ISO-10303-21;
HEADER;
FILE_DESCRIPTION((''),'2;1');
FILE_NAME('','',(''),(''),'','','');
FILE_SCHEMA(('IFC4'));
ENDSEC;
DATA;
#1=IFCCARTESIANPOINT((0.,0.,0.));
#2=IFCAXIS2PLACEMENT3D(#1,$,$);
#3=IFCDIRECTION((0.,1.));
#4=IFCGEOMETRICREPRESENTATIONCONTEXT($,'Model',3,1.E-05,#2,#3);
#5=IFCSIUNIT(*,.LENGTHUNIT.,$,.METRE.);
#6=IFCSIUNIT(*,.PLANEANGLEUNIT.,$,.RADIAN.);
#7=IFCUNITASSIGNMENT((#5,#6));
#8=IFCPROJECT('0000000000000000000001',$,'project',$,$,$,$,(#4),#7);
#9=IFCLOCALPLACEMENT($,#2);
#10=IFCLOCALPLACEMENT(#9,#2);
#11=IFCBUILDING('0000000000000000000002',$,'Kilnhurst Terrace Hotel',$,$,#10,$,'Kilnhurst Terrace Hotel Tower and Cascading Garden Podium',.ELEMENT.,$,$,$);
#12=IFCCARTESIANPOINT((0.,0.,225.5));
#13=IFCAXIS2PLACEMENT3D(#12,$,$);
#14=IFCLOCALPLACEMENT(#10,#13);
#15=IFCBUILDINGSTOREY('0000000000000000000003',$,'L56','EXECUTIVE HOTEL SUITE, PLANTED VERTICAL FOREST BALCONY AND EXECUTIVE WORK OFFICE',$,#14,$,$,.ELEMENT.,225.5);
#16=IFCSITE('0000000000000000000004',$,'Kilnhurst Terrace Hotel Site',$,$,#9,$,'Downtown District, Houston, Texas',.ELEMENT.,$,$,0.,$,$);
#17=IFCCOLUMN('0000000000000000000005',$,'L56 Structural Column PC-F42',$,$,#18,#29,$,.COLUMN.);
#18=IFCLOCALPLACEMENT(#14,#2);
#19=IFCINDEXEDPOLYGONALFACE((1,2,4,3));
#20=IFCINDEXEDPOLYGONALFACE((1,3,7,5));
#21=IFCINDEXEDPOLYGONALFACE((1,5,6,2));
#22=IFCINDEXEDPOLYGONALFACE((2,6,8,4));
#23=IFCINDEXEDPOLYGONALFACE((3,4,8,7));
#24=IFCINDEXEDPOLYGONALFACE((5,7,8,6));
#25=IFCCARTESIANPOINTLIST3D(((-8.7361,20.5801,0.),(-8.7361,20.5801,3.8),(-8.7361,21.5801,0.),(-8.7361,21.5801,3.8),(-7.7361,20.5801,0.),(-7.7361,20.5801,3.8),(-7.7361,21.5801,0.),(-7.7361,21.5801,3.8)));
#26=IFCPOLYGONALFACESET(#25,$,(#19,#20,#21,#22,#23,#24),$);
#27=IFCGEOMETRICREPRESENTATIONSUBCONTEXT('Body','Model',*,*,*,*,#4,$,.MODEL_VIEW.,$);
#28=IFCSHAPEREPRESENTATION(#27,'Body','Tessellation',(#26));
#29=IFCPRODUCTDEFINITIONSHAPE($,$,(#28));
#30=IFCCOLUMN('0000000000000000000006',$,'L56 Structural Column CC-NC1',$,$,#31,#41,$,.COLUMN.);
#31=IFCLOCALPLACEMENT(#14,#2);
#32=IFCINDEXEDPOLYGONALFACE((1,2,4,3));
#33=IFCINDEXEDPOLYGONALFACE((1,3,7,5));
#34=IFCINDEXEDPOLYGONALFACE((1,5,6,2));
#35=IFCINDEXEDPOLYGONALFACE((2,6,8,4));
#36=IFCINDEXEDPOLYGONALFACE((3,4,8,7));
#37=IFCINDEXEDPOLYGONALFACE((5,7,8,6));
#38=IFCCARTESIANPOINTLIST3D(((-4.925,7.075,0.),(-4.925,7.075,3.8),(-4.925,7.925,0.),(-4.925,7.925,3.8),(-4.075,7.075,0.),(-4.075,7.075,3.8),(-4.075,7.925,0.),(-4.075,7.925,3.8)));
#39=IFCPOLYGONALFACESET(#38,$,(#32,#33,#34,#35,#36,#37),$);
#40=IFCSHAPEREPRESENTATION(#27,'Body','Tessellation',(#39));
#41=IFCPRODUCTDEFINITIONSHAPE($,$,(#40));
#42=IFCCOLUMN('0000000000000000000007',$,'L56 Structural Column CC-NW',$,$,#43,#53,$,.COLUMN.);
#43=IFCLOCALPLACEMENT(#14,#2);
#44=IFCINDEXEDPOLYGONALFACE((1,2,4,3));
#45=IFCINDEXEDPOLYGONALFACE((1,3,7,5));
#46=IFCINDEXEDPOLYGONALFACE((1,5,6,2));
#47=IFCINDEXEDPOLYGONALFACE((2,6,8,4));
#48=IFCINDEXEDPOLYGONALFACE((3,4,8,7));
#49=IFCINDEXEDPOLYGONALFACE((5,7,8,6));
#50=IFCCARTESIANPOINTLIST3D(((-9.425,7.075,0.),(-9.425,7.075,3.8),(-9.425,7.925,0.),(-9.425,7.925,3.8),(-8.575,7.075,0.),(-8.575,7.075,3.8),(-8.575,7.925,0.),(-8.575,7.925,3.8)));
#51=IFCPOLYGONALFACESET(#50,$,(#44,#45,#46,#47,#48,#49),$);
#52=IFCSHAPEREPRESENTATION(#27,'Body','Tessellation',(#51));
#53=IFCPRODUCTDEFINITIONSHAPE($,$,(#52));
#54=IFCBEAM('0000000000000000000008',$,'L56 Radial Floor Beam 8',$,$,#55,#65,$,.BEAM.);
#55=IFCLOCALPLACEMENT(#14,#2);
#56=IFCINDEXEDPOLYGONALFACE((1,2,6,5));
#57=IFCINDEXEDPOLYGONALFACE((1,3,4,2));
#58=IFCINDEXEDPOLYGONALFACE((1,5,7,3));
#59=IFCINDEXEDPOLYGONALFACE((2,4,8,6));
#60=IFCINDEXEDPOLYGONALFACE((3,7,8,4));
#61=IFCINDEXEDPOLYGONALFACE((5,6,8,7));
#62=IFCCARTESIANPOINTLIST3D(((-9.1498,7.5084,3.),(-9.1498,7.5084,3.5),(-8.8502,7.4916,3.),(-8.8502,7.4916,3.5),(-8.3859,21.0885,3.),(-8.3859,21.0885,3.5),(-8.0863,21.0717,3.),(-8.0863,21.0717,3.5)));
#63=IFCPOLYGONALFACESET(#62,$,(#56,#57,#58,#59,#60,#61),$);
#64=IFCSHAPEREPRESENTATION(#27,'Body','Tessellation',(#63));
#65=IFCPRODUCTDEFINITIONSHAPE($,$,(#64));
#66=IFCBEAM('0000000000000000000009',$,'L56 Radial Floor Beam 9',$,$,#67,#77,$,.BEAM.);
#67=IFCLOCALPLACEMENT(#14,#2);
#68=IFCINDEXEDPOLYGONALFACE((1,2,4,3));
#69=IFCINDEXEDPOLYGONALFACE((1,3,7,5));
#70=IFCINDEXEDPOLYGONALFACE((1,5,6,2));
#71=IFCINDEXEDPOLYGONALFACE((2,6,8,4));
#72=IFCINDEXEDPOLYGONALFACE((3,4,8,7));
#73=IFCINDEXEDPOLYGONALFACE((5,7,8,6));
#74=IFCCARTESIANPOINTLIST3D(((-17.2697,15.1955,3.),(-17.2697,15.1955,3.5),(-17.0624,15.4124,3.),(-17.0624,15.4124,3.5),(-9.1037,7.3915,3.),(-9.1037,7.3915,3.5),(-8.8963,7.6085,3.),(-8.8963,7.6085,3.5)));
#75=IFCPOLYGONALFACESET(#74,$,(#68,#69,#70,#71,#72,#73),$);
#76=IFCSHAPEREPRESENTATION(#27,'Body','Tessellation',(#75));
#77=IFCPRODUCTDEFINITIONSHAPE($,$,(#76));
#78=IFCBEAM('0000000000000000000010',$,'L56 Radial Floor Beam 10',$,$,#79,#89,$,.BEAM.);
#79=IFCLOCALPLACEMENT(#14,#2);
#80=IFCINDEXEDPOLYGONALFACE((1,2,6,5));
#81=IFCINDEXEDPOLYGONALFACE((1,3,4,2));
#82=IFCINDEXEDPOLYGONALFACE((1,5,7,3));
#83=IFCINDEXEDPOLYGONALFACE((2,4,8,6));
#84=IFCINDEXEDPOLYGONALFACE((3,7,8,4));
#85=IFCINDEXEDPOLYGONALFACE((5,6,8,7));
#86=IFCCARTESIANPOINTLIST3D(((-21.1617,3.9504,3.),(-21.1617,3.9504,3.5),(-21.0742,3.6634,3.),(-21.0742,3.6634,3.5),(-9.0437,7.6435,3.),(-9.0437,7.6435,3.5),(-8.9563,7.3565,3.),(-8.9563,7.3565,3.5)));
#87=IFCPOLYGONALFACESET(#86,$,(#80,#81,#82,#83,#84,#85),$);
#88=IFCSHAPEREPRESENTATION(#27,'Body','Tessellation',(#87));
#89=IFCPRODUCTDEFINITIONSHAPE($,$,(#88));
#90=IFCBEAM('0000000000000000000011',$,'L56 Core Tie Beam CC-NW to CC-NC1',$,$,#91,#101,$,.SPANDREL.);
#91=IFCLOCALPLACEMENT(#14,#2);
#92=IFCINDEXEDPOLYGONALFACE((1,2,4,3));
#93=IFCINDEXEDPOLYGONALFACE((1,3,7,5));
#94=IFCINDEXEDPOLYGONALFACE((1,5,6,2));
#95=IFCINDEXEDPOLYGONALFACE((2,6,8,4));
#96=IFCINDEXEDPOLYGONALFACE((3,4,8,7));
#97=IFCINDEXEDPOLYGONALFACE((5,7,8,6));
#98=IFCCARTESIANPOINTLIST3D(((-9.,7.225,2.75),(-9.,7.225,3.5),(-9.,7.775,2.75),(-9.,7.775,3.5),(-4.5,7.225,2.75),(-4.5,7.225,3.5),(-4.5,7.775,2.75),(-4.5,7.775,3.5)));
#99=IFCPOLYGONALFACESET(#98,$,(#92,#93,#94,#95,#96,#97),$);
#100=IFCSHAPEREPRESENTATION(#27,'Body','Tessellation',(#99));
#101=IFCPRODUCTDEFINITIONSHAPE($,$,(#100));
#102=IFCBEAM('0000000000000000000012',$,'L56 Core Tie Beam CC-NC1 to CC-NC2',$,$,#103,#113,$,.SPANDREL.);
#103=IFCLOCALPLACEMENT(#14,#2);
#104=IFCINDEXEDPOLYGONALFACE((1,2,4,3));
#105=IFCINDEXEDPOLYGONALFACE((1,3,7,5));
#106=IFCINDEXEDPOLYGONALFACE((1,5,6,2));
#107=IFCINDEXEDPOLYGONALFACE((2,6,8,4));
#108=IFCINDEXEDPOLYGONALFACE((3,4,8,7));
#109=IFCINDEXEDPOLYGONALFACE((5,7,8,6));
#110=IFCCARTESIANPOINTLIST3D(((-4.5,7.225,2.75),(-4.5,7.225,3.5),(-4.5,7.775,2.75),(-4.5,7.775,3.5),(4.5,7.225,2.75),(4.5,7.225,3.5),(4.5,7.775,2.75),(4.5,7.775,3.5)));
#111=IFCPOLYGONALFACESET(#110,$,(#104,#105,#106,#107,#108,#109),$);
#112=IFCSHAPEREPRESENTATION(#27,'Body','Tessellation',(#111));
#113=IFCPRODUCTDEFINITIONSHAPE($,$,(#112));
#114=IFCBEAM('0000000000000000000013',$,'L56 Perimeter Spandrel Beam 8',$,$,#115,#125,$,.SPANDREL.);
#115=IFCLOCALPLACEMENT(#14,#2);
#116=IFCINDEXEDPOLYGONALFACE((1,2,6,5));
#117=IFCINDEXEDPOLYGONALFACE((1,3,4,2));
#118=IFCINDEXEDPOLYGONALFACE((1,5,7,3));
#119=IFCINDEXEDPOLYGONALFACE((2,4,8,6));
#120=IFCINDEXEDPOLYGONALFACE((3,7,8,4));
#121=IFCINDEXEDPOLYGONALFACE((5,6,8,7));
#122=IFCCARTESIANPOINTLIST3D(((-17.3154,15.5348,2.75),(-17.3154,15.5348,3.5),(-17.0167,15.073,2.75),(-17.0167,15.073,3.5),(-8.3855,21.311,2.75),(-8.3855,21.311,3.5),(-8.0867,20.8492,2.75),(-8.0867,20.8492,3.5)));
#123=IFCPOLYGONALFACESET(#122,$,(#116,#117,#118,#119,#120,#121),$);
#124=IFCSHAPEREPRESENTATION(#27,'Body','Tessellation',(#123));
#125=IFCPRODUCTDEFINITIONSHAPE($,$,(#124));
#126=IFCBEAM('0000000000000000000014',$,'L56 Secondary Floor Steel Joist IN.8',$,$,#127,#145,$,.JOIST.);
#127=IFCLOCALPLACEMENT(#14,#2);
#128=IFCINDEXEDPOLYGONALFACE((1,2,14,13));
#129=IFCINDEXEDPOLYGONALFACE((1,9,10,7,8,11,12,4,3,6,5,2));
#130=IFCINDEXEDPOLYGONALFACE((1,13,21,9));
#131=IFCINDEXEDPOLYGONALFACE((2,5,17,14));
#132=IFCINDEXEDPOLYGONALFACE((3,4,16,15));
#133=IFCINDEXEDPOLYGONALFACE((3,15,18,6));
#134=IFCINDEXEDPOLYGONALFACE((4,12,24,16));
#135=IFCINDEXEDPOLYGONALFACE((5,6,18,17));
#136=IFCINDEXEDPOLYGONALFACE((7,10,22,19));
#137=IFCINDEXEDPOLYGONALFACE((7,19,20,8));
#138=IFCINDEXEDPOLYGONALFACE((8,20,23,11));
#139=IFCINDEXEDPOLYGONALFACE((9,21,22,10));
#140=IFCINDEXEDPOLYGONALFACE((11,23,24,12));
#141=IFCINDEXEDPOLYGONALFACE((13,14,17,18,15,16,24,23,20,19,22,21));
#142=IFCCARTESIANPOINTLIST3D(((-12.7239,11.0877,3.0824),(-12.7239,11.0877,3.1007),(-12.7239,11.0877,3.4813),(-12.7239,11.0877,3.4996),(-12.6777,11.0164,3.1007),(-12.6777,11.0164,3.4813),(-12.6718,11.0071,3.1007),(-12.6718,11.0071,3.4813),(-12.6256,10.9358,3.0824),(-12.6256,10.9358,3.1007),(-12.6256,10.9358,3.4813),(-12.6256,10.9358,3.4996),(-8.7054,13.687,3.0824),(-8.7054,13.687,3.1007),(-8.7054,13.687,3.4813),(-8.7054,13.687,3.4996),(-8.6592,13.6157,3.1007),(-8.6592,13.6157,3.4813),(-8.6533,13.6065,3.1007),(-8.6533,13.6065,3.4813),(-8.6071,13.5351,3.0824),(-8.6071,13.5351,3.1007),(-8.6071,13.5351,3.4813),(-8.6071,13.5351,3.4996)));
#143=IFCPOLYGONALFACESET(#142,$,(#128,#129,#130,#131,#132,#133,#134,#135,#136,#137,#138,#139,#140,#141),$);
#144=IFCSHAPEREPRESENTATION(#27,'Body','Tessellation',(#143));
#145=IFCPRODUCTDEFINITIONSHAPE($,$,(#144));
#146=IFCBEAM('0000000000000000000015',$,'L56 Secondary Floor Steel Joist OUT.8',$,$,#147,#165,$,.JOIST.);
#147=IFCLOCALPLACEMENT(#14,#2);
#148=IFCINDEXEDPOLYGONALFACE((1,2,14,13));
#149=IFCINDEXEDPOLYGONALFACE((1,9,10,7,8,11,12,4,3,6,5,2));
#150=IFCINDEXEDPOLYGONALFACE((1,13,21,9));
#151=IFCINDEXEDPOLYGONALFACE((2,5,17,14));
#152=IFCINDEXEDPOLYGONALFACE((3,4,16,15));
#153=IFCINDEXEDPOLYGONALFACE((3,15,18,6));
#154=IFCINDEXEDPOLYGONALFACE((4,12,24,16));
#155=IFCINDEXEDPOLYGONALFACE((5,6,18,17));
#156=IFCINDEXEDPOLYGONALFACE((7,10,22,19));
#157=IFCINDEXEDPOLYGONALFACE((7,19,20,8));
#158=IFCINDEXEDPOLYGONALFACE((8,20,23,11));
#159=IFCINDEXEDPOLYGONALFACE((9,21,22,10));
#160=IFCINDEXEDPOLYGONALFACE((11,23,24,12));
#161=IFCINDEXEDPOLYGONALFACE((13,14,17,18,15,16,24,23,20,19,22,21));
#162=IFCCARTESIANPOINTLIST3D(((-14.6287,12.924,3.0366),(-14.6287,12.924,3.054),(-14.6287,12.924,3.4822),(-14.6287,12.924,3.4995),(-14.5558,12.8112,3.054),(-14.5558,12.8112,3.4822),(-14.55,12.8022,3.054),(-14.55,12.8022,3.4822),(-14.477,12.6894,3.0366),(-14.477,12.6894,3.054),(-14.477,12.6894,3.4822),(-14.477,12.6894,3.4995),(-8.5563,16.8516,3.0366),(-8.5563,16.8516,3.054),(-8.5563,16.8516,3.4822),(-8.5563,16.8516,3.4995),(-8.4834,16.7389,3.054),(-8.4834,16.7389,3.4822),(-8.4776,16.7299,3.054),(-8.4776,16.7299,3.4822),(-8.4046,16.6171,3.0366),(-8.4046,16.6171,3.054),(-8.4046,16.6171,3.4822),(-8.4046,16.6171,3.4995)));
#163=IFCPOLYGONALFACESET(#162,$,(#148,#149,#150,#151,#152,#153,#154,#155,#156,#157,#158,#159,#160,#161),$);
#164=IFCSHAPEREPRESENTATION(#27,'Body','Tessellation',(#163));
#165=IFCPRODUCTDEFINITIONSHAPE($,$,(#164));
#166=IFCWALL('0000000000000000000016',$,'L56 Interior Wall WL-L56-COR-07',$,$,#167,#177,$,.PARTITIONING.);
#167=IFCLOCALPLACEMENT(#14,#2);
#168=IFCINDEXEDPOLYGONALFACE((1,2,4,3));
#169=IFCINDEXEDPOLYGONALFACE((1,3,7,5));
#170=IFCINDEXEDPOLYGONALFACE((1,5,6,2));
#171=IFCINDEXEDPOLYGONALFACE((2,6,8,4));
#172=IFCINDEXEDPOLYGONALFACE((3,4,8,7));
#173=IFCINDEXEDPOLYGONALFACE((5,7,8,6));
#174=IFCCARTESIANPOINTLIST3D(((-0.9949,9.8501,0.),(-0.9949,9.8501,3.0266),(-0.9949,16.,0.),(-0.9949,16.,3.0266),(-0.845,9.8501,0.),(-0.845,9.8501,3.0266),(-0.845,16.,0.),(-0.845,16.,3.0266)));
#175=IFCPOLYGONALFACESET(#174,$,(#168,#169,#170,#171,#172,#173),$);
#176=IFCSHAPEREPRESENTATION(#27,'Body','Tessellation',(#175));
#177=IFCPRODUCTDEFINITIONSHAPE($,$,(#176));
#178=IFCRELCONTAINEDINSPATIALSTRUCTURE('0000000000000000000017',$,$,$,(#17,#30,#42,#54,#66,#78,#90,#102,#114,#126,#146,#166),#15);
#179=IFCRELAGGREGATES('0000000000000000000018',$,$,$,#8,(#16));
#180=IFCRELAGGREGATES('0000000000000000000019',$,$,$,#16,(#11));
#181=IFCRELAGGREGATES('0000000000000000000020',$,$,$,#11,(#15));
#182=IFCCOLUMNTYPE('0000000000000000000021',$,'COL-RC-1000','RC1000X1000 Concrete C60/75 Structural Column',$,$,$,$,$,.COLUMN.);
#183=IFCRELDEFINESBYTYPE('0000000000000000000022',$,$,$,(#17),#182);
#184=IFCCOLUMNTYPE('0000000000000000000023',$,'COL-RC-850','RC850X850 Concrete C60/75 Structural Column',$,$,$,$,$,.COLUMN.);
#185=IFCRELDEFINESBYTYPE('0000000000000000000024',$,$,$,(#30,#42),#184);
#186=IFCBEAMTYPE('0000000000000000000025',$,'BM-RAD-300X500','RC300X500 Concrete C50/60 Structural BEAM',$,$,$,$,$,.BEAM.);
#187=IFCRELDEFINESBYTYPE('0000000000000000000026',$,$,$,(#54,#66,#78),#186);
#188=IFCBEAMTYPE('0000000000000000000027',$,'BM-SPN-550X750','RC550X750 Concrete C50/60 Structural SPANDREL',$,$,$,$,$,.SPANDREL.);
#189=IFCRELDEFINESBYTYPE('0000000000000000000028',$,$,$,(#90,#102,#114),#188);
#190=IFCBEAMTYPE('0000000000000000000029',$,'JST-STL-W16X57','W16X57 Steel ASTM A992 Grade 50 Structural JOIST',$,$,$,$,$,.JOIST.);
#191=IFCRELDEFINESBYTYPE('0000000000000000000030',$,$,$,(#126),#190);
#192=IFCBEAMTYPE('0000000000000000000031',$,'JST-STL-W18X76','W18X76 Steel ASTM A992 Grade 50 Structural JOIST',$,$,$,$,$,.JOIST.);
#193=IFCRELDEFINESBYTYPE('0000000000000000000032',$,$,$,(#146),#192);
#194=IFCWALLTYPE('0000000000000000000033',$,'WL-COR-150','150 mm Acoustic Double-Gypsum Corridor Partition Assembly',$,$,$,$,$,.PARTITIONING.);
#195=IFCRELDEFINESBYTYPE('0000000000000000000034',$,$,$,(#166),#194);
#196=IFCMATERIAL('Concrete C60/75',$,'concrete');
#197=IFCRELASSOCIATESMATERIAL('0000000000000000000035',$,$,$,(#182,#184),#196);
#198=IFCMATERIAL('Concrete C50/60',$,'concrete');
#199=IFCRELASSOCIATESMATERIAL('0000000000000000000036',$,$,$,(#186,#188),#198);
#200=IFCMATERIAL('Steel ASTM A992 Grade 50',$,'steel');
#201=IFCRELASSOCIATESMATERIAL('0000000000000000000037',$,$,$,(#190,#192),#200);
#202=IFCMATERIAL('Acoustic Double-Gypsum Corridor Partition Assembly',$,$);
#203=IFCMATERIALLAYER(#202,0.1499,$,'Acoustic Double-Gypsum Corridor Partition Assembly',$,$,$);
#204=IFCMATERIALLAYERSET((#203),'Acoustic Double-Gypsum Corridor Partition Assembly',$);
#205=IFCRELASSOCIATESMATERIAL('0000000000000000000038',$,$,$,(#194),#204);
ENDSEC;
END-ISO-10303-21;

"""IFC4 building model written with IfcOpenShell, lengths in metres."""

from ifc_helpers import new_model, si_unit, direction, frame, frame_2d, origin, origin_2d, place, context, subcontext, project, spatial, rectangle, i_section, extrude, material, layer, layer_set, material_profile, profile_set, type_object, element, save


model = new_model("IFC4")

# Units and contexts
model_context = context("Model", 3, precision=1e-05, world=origin(), true_north=direction((0.0, 1.0)))
body_context = subcontext(model_context, "Body", "Model", "MODEL_VIEW")
ifc_project = project(units=[si_unit("LENGTHUNIT", "METRE"), si_unit("PLANEANGLEUNIT", "RADIAN")], contexts=[model_context])

# Site, building, storey
site_placement = place(None, origin())
site = spatial("IfcSite", under=ifc_project, at=site_placement, Name="Kilnhurst Terrace Hotel Site", LongName="Downtown District, Houston, Texas", CompositionType="ELEMENT", RefElevation=0.0)
building_placement = place(site_placement, origin())
building = spatial("IfcBuilding", under=site, at=building_placement, Name="Kilnhurst Terrace Hotel", LongName="Kilnhurst Terrace Hotel Tower and Cascading Garden Podium", CompositionType="ELEMENT")
storey_placement = place(building_placement, frame((0.0, 0.0, 225.5)))
storey = spatial("IfcBuildingStorey", under=building, at=storey_placement, Name="L56", Description="EXECUTIVE HOTEL SUITE, PLANTED VERTICAL FOREST BALCONY AND EXECUTIVE WORK OFFICE", CompositionType="ELEMENT", Elevation=225.5)

# Columns
ifc_material_1 = material(Name="Concrete C60/75", Category="concrete")
ifc_material_profile_1 = material_profile(ifc_material_1, rectangle(XDim=1.0, YDim=1.0, at=origin_2d()), Name="RC1000X1000")
ifc_profile_set_1 = profile_set([ifc_material_profile_1], Name="Concrete C60/75")
column_type_1 = type_object("IfcColumnType", Name="COL-RC-1000", Description="RC1000X1000 Concrete C60/75 Structural Column", PredefinedType="COLUMN", material=ifc_profile_set_1)
column_placement = place(storey_placement, frame((-8.2361, 21.0801, 0.0), z_axis=(0.0, 0.0, 1.0), x_axis=(1.0, 0.0, 0.0)))
element("IfcColumn", 1, at=column_placement, inside=storey, type_object=column_type_1, Name="L56 Structural Column PC-F42", PredefinedType="COLUMN", context=body_context, shape_type="SweptSolid", body=[
    extrude(rectangle(XDim=1.0, YDim=1.0, at=origin_2d()), origin(), (0.0, 0.0, 1.0), 3.8),
])
ifc_material_profile_2 = material_profile(ifc_material_1, rectangle(XDim=0.8501, YDim=0.8501, at=origin_2d()), Name="RC850X850")
ifc_profile_set_2 = profile_set([ifc_material_profile_2], Name="Concrete C60/75")
column_type_2 = type_object("IfcColumnType", Name="COL-RC-850", Description="RC850X850 Concrete C60/75 Structural Column", PredefinedType="COLUMN", material=ifc_profile_set_2)
for number, where, z_axis, x_axis, name in (
    (2, (-4.5, 7.5, 0.0), (0.0, 0.0, 1.0), (1.0, 0.0, 0.0), "L56 Structural Column CC-NC1"),
    (3, (-9.0, 7.5, 0.0), (0.0, 0.0, 1.0), (1.0, 0.0, 0.0), "L56 Structural Column CC-NW"),
):
    element("IfcColumn", number, at=place(storey_placement, frame(where, z_axis=z_axis, x_axis=x_axis)), inside=storey, type_object=column_type_2, Name=name, PredefinedType="COLUMN", context=body_context, shape_type="SweptSolid", body=[
        extrude(rectangle(XDim=0.8501, YDim=0.8501, at=origin_2d()), origin(), (0.0, 0.0, 1.0), 3.8),
    ])

# Beams
ifc_material_2 = material(Name="Concrete C50/60", Category="concrete")
ifc_material_profile_3 = material_profile(ifc_material_2, rectangle(XDim=0.3, YDim=0.5, at=origin_2d()), Name="RC300X500")
ifc_profile_set_3 = profile_set([ifc_material_profile_3], Name="Concrete C50/60")
beam_type_1 = type_object("IfcBeamType", Name="BM-RAD-300X500", Description="RC300X500 Concrete C50/60 Structural BEAM", PredefinedType="BEAM", material=ifc_profile_set_3)
beam_1_placement = place(storey_placement, frame((-9.0, 7.5, 3.25), z_axis=(0.056164, 0.998422, 0.0), x_axis=(-0.998422, 0.056164, 0.0)))
element("IfcBeam", 4, at=beam_1_placement, inside=storey, type_object=beam_type_1, Name="L56 Radial Floor Beam 8", PredefinedType="BEAM", context=body_context, shape_type="SweptSolid", body=[
    extrude(rectangle(XDim=0.3, YDim=0.5, at=origin_2d()), origin(), (0.0, 0.0, 1.0), 13.6016),
])
beam_2_placement = place(storey_placement, frame((-9.0, 7.5, 3.25), z_axis=(-0.722952, 0.690898, 0.0), x_axis=(-0.690898, -0.722952, 0.0)))
element("IfcBeam", 5, at=beam_2_placement, inside=storey, type_object=beam_type_1, Name="L56 Radial Floor Beam 9", PredefinedType="BEAM", context=body_context, shape_type="SweptSolid", body=[
    extrude(rectangle(XDim=0.3, YDim=0.5, at=origin_2d()), origin(), (0.0, 0.0, 1.0), 11.2954),
])
beam_3_placement = place(storey_placement, frame((-9.0, 7.5, 3.25), z_axis=(-0.956563, -0.291527, 0.0), x_axis=(0.291527, -0.956563, 0.0)))
element("IfcBeam", 6, at=beam_3_placement, inside=storey, type_object=beam_type_1, Name="L56 Radial Floor Beam 10", PredefinedType="BEAM", context=body_context, shape_type="SweptSolid", body=[
    extrude(rectangle(XDim=0.3, YDim=0.5, at=origin_2d()), origin(), (0.0, 0.0, 1.0), 12.6682),
])
ifc_material_profile_4 = material_profile(ifc_material_2, rectangle(XDim=0.55, YDim=0.75, at=origin_2d()), Name="RC550X750")
ifc_profile_set_4 = profile_set([ifc_material_profile_4], Name="Concrete C50/60")
beam_type_2 = type_object("IfcBeamType", Name="BM-SPN-550X750", Description="RC550X750 Concrete C50/60 Structural SPANDREL", PredefinedType="SPANDREL", material=ifc_profile_set_4)
beam_4_placement = place(storey_placement, frame((-9.0, 7.5, 3.125), z_axis=(1.0, 0.0, 0.0), x_axis=(0.0, 1.0, 0.0)))
element("IfcBeam", 7, at=beam_4_placement, inside=storey, type_object=beam_type_2, Name="L56 Core Tie Beam CC-NW to CC-NC1", PredefinedType="SPANDREL", context=body_context, shape_type="SweptSolid", body=[
    extrude(rectangle(XDim=0.55, YDim=0.75, at=origin_2d()), origin(), (0.0, 0.0, 1.0), 4.5),
])
beam_5_placement = place(storey_placement, frame((-4.5, 7.5, 3.125), z_axis=(1.0, 0.0, 0.0), x_axis=(0.0, 1.0, 0.0)))
element("IfcBeam", 8, at=beam_5_placement, inside=storey, type_object=beam_type_2, Name="L56 Core Tie Beam CC-NC1 to CC-NC2", PredefinedType="SPANDREL", context=body_context, shape_type="SweptSolid", body=[
    extrude(rectangle(XDim=0.55, YDim=0.75, at=origin_2d()), origin(), (0.0, 0.0, 1.0), 9.0),
])
beam_6_placement = place(storey_placement, frame((-8.2361, 21.0801, 3.125), z_axis=(-0.839659, -0.543114, 0.0), x_axis=(0.543114, -0.839659, 0.0)))
element("IfcBeam", 9, at=beam_6_placement, inside=storey, type_object=beam_type_2, Name="L56 Perimeter Spandrel Beam 8", PredefinedType="SPANDREL", context=body_context, shape_type="SweptSolid", body=[
    extrude(rectangle(XDim=0.55, YDim=0.75, at=origin_2d()), origin(), (0.0, 0.0, 1.0), 10.6353),
])
ifc_material_3 = material(Name="Steel ASTM A992 Grade 50", Category="steel")
ifc_material_profile_5 = material_profile(ifc_material_3, i_section(OverallWidth=0.1809, OverallDepth=0.4172, WebThickness=0.011, FlangeThickness=0.0183, at=origin_2d()), Name="W16X57")
ifc_profile_set_5 = profile_set([ifc_material_profile_5], Name="Steel ASTM A992 Grade 50")
beam_type_3 = type_object("IfcBeamType", Name="JST-STL-W16X57", Description="W16X57 Steel ASTM A992 Grade 50 Structural JOIST", PredefinedType="JOIST", material=ifc_profile_set_5)
beam_7_placement = place(storey_placement, frame((-8.6562, 13.6111, 3.291), z_axis=(-0.839654, -0.543122, 0.0), x_axis=(0.543122, -0.839654, 0.0)))
element("IfcBeam", 10, at=beam_7_placement, inside=storey, type_object=beam_type_3, Name="L56 Secondary Floor Steel Joist IN.8", PredefinedType="JOIST", context=body_context, shape_type="SweptSolid", body=[
    extrude(i_section(OverallWidth=0.1809, OverallDepth=0.4172, WebThickness=0.011, FlangeThickness=0.0183, at=origin_2d()), origin(), (0.0, 0.0, 1.0), 4.7859),
])
ifc_material_profile_6 = material_profile(ifc_material_3, i_section(OverallWidth=0.2793, OverallDepth=0.4629, WebThickness=0.0107, FlangeThickness=0.0173, at=origin_2d()), Name="W18X76")
ifc_profile_set_6 = profile_set([ifc_material_profile_6], Name="Steel ASTM A992 Grade 50")
beam_type_4 = type_object("IfcBeamType", Name="JST-STL-W18X76", Description="W18X76 Steel ASTM A992 Grade 50 Structural JOIST", PredefinedType="JOIST", material=ifc_profile_set_6)
beam_8_placement = place(storey_placement, frame((-8.4805, 16.7344, 3.2681), z_axis=(-0.839667, -0.543101, 0.0), x_axis=(0.543101, -0.839667, 0.0)))
element("IfcBeam", 11, at=beam_8_placement, inside=storey, type_object=beam_type_4, Name="L56 Secondary Floor Steel Joist OUT.8", PredefinedType="JOIST", context=body_context, shape_type="SweptSolid", body=[
    extrude(i_section(OverallWidth=0.2793, OverallDepth=0.4629, WebThickness=0.0107, FlangeThickness=0.0173, at=origin_2d()), origin(), (0.0, 0.0, 1.0), 7.2319),
])

# Wall
ifc_material_4 = material(Name="Acoustic Double-Gypsum Corridor Partition Assembly")
ifc_layer_1 = layer(ifc_material_4, 0.1499, Name="Acoustic Double-Gypsum Corridor Partition Assembly")
ifc_layer_set_1 = layer_set([ifc_layer_1], Name="Acoustic Double-Gypsum Corridor Partition Assembly")
wall_type_1 = type_object("IfcWallType", Name="WL-COR-150", Description="150 mm Acoustic Double-Gypsum Corridor Partition Assembly", PredefinedType="PARTITIONING", material=ifc_layer_set_1)
wall_1_placement = place(storey_placement, frame((-0.9199, 9.8501, 0.0), z_axis=(0.0, 0.0, 1.0), x_axis=(0.0, 1.0, 0.0)))
element("IfcWall", 12, at=wall_1_placement, inside=storey, type_object=wall_type_1, Name="L56 Interior Wall WL-L56-COR-07", PredefinedType="PARTITIONING", context=body_context, shape_type="SweptSolid", body=[
    extrude(rectangle(XDim=6.1499, YDim=0.1499, at=frame_2d((3.075, 0.0))), origin(), (0.0, 0.0, 1.0), 3.0266),
])

save(model, "model.ifc")
